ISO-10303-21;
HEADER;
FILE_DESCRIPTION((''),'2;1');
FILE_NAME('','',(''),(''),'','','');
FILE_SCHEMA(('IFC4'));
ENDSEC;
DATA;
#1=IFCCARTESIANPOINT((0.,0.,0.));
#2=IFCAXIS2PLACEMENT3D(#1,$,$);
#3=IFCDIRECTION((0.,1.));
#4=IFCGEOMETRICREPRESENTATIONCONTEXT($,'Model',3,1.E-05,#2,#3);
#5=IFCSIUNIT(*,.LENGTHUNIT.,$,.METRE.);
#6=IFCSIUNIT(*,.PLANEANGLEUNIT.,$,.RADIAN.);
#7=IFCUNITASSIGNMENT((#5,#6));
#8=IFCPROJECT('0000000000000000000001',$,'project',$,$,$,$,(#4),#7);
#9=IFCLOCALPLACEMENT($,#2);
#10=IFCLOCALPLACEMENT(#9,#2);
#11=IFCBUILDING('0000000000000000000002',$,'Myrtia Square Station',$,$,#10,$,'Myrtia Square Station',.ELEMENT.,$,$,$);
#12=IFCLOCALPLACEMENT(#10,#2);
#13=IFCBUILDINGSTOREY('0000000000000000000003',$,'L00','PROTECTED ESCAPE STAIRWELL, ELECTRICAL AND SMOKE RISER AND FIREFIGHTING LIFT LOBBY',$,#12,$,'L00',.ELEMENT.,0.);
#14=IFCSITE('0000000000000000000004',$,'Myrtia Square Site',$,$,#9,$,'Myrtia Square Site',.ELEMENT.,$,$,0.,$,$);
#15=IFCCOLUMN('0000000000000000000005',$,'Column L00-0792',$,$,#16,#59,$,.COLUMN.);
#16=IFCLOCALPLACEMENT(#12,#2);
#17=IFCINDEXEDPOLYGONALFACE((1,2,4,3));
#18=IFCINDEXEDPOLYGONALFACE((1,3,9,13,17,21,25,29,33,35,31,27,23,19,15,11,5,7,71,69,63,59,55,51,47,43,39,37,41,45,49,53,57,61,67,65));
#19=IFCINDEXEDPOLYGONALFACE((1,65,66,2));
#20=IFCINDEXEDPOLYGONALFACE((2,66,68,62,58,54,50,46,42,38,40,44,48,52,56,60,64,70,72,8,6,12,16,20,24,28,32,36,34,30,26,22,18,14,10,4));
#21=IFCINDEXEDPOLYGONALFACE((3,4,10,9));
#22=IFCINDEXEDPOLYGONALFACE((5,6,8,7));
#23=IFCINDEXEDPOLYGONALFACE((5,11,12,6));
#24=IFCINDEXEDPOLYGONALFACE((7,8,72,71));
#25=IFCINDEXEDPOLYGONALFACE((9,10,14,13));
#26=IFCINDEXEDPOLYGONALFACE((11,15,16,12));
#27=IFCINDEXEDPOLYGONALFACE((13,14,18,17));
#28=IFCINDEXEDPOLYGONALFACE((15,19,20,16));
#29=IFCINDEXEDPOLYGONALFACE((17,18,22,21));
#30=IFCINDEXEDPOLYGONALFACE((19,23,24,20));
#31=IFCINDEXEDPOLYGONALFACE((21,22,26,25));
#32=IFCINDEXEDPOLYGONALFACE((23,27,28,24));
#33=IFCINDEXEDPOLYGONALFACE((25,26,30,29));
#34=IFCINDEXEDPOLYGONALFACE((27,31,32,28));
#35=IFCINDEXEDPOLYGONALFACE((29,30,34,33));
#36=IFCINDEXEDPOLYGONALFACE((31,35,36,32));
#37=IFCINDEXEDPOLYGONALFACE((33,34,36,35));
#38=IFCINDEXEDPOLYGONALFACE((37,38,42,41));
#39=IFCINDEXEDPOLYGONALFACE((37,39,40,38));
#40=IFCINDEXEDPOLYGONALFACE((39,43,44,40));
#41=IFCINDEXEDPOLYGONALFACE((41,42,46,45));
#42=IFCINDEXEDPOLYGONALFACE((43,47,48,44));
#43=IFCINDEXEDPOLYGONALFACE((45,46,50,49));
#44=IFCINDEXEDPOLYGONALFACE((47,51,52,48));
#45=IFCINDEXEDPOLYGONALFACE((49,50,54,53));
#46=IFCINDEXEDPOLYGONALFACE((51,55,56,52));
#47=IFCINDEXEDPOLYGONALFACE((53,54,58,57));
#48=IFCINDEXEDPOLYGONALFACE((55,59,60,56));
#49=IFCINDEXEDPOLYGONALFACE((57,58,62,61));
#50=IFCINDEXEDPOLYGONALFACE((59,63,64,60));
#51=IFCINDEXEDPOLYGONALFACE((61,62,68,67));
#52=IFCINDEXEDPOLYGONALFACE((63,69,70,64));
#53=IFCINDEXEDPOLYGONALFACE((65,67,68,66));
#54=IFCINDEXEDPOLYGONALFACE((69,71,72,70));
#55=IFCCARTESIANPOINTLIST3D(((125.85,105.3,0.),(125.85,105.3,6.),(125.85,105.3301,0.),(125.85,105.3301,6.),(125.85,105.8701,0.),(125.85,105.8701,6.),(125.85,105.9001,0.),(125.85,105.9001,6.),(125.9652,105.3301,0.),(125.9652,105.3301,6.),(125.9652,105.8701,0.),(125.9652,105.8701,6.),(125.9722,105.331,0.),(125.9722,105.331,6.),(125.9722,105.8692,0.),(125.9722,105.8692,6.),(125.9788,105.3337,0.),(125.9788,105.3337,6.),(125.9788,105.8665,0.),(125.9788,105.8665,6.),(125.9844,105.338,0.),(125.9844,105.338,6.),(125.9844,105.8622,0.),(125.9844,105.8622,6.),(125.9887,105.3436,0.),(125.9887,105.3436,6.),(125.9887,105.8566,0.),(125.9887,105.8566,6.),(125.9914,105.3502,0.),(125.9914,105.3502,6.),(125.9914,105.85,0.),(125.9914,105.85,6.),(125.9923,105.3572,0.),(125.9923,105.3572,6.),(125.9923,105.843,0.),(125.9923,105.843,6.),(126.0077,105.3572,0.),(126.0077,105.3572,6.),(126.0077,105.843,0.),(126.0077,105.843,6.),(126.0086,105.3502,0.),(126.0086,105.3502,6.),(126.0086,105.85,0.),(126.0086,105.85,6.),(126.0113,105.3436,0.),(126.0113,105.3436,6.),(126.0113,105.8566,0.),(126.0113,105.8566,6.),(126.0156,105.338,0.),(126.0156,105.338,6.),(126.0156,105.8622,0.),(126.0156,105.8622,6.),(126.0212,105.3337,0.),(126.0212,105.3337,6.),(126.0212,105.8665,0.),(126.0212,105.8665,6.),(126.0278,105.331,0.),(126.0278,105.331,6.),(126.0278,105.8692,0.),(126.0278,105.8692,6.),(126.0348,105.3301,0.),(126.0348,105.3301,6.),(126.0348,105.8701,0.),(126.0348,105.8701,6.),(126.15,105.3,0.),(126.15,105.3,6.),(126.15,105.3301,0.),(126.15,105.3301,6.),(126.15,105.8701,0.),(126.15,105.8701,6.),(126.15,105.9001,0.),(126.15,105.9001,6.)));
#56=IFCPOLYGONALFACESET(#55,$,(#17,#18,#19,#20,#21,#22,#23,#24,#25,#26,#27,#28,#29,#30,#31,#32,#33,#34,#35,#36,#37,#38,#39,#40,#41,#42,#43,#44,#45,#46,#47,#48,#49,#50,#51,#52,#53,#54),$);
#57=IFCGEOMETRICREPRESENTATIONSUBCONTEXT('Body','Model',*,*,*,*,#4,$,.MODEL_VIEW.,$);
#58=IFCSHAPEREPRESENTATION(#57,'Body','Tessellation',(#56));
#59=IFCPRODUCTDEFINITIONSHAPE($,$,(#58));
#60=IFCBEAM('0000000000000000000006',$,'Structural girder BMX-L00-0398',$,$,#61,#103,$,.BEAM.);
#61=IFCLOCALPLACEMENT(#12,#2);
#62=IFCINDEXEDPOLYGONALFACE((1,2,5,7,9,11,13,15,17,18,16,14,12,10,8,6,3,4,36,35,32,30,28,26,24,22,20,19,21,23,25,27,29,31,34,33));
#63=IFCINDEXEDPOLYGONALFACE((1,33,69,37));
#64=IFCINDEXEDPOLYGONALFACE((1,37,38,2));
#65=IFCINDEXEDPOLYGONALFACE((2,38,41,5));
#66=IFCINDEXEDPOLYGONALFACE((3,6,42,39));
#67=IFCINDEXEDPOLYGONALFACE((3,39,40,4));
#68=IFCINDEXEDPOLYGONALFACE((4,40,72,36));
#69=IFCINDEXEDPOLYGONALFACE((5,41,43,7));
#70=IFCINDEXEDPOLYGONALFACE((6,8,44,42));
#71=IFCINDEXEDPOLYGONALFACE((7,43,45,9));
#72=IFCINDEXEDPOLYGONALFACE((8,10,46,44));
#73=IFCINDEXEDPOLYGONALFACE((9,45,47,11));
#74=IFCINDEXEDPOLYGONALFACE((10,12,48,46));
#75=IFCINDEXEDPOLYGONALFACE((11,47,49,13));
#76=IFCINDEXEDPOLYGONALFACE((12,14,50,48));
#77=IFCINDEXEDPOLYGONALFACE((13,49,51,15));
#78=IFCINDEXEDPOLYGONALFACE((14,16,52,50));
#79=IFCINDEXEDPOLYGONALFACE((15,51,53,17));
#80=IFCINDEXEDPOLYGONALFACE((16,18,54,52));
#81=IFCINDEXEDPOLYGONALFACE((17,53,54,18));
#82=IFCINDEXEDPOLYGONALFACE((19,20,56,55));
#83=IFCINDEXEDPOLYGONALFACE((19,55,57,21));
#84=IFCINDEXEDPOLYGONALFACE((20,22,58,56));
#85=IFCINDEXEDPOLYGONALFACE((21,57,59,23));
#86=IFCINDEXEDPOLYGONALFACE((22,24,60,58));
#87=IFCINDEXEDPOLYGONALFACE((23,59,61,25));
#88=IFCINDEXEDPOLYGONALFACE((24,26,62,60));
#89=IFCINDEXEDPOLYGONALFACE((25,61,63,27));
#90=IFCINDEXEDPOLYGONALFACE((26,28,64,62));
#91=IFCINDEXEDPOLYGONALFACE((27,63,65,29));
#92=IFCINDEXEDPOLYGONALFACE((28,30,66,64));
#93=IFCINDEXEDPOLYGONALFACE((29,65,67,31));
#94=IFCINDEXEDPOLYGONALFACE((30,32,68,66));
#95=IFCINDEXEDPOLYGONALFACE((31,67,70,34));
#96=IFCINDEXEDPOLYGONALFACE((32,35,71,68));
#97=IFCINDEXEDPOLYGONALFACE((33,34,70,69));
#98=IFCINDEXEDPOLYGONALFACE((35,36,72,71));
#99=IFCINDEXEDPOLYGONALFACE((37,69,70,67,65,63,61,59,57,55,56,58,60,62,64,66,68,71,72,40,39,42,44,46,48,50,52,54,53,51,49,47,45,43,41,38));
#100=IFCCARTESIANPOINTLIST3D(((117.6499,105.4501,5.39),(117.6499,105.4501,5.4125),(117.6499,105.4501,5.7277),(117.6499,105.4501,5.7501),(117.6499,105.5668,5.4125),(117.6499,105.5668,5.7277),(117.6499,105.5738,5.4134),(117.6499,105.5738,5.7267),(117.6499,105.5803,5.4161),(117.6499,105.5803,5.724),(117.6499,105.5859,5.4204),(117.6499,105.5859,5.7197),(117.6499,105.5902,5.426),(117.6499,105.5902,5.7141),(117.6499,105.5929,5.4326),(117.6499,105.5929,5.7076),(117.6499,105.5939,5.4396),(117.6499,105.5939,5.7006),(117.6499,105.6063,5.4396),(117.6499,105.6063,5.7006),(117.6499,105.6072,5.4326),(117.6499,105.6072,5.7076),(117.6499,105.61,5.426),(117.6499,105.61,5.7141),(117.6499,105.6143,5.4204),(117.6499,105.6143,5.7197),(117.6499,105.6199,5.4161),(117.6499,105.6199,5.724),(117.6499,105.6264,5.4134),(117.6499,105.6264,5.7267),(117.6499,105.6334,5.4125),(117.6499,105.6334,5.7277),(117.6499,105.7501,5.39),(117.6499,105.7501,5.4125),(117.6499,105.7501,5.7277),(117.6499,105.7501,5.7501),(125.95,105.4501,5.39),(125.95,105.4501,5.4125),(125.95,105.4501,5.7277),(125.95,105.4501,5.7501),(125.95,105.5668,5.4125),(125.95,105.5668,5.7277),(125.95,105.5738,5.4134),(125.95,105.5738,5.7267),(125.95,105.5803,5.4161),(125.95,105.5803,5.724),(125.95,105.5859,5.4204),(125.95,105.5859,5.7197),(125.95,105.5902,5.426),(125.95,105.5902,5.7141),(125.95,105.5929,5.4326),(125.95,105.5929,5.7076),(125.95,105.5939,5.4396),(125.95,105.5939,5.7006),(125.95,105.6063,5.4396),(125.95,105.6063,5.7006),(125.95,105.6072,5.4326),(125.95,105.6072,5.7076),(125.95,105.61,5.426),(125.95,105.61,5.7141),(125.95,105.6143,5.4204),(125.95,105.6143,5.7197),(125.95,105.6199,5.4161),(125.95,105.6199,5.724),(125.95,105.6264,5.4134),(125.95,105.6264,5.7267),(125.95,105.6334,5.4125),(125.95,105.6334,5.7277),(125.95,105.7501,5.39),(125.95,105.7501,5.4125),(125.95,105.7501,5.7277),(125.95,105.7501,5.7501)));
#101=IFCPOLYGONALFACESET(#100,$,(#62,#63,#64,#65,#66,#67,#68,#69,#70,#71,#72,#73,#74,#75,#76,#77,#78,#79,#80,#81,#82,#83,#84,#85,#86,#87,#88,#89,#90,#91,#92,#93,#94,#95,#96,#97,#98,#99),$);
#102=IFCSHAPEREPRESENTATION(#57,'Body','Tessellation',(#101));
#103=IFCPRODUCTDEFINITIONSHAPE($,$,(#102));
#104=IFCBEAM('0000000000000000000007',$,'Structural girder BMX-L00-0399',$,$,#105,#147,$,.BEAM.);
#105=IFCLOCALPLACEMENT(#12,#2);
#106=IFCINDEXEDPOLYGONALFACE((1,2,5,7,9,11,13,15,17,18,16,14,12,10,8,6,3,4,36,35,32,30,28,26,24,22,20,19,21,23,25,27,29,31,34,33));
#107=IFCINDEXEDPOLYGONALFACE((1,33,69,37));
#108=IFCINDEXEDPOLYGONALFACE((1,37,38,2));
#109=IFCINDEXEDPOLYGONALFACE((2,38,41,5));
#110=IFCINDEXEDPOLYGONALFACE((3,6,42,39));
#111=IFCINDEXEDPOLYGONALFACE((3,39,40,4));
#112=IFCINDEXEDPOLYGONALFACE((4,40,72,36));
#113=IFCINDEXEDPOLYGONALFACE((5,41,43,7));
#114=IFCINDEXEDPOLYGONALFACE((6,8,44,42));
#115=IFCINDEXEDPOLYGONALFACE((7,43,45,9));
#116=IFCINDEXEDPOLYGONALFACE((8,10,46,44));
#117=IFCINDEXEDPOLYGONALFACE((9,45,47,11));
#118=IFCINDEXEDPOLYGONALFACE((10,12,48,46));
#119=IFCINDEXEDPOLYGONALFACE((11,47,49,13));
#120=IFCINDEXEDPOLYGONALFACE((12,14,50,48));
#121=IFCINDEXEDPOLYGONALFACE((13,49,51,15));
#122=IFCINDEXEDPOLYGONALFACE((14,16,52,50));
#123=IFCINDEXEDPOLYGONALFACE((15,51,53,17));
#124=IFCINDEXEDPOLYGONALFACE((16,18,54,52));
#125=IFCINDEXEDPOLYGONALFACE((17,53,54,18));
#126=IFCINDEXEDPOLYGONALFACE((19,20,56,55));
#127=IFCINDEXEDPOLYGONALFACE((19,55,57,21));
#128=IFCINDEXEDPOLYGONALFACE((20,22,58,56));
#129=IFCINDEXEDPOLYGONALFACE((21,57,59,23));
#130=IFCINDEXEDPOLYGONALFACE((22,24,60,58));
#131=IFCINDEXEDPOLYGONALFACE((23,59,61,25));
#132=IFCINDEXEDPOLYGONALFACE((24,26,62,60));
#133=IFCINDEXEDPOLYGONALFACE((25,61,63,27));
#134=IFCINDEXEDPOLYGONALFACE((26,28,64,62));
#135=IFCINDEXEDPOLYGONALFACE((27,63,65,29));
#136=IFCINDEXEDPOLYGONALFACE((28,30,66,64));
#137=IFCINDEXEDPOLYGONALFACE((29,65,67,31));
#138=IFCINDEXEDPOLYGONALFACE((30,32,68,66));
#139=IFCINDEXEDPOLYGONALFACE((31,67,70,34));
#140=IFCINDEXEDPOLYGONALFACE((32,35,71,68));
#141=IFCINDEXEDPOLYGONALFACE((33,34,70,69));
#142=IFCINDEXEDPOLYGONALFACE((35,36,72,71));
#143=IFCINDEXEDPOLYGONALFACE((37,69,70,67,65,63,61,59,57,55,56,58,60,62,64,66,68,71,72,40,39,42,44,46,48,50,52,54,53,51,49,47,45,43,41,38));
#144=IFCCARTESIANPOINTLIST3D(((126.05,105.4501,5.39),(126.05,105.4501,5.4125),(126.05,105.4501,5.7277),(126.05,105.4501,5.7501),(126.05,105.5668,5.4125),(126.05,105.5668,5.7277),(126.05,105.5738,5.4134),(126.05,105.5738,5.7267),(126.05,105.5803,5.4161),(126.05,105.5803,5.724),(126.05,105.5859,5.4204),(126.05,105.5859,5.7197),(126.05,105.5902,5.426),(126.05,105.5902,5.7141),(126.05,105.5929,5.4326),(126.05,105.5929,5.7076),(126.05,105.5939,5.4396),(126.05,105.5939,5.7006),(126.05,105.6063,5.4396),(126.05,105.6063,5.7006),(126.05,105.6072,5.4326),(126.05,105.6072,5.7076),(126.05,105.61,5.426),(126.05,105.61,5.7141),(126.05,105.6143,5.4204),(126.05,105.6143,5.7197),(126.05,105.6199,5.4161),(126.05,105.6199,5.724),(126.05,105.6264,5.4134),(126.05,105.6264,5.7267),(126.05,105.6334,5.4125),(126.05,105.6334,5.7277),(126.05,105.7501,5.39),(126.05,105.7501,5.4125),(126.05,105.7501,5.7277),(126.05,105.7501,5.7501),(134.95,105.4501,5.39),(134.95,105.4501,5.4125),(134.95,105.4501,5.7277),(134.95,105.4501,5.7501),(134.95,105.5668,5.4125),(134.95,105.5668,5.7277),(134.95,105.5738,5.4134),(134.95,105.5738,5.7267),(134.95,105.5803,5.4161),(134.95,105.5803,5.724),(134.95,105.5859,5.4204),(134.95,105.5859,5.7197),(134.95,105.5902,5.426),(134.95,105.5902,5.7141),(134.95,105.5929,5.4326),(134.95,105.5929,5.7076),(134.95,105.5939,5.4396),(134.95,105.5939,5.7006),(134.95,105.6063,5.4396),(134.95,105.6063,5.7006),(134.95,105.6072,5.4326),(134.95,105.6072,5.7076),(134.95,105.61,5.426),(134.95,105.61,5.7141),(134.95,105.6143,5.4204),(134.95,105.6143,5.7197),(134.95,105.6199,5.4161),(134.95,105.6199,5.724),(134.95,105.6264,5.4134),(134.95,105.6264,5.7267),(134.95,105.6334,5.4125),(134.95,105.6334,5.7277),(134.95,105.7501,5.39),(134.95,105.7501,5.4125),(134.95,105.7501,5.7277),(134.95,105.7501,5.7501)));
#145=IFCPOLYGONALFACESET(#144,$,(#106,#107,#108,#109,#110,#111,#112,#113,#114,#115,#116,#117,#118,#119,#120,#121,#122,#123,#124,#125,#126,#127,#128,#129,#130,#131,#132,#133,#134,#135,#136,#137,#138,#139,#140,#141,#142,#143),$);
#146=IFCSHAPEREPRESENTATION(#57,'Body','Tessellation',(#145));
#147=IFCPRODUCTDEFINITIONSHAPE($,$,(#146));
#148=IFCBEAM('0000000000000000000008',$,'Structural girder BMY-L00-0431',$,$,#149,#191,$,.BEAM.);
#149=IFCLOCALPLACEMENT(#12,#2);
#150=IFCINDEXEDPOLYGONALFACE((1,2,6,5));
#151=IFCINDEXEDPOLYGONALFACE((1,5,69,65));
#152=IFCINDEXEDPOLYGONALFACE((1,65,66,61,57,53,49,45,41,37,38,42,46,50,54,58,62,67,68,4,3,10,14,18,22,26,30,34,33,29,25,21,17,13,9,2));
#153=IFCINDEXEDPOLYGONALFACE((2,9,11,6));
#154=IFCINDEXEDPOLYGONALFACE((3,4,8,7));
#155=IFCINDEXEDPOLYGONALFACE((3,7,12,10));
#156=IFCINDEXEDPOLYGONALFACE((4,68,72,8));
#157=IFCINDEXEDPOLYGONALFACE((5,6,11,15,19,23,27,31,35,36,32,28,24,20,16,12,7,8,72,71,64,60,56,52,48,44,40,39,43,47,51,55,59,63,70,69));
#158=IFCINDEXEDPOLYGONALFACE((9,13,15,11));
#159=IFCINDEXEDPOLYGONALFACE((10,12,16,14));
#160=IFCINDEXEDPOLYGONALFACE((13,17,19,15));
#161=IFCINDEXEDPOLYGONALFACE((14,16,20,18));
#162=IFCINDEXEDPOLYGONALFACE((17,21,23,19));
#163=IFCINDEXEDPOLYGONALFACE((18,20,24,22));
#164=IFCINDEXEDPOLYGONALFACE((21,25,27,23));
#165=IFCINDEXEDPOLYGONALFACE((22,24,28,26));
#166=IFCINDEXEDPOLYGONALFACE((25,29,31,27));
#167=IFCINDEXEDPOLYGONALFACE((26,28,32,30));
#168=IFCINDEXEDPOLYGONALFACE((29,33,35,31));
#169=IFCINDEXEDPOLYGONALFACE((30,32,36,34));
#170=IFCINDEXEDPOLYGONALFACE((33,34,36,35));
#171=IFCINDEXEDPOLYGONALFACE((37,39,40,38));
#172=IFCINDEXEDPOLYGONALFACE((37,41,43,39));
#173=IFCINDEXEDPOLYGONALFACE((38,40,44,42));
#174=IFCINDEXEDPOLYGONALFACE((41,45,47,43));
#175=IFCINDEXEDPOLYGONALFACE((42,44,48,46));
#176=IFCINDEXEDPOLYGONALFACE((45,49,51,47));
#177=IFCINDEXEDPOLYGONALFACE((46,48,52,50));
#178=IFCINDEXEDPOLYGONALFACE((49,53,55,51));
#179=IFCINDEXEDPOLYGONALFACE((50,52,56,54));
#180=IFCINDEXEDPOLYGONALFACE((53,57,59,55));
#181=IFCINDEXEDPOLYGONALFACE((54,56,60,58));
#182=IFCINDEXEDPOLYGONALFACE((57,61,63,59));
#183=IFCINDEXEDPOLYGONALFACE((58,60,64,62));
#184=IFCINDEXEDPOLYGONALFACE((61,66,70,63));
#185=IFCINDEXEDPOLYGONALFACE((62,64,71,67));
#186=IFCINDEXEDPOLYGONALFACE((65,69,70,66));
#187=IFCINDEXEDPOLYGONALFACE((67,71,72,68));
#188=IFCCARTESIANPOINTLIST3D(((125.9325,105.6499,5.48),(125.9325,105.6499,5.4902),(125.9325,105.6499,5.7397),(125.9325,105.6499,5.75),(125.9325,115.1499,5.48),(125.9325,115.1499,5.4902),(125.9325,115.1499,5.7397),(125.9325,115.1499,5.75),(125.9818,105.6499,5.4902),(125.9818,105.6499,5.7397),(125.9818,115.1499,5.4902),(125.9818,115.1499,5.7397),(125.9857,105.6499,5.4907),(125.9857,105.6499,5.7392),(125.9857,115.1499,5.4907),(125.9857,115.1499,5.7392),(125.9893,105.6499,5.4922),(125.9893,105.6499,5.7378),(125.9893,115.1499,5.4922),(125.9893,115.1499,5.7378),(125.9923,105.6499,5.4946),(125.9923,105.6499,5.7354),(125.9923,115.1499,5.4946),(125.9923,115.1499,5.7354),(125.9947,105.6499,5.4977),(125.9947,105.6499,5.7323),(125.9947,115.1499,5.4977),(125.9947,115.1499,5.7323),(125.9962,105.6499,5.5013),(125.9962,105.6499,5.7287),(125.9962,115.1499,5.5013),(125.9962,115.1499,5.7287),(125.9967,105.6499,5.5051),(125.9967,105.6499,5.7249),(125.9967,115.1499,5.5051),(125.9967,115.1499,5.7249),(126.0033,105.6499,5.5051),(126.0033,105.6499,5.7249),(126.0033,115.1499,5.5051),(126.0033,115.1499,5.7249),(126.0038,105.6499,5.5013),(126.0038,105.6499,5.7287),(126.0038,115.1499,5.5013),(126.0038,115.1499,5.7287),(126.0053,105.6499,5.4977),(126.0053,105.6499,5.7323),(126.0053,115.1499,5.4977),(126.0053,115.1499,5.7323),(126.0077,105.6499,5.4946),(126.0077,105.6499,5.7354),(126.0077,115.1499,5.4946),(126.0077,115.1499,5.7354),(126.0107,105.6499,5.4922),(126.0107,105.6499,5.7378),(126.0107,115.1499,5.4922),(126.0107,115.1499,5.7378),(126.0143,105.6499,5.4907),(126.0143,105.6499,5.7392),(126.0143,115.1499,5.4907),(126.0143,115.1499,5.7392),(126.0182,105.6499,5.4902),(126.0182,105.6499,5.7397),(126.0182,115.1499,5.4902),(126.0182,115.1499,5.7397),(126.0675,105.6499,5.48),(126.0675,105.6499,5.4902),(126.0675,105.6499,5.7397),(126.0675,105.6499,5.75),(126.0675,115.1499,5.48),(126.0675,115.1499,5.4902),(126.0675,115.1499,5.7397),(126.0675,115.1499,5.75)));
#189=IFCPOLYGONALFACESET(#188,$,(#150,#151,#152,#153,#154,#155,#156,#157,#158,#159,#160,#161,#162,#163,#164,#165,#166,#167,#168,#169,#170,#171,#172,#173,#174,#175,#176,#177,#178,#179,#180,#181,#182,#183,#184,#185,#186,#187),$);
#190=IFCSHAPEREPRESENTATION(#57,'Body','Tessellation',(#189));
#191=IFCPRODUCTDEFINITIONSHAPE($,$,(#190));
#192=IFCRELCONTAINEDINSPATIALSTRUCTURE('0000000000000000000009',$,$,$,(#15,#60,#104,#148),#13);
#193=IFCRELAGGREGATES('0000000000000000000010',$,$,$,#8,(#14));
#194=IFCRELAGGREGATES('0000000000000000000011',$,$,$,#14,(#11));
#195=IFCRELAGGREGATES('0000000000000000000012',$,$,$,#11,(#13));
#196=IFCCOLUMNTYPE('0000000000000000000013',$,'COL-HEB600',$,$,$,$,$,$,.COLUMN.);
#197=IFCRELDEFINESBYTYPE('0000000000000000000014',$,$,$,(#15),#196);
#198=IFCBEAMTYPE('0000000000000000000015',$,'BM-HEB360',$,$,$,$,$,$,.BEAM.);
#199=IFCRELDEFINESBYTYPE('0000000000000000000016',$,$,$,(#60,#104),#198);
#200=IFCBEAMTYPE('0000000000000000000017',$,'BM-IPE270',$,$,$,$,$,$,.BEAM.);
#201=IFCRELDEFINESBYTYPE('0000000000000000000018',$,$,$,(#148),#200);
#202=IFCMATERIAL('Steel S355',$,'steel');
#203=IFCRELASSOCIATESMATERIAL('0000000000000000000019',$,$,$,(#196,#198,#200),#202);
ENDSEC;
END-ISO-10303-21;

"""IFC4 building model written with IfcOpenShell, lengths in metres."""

from ifc_helpers import new_model, si_unit, direction, frame, origin, origin_2d, place, context, subcontext, project, spatial, i_section, extrude, material, material_profile, profile_set, type_object, element, save


model = new_model("IFC4")

# Units and contexts
model_context = context("Model", 3, precision=1e-05, world=origin(), true_north=direction((0.0, 1.0)))
body_context = subcontext(model_context, "Body", "Model", "MODEL_VIEW")
ifc_project = project(units=[si_unit("LENGTHUNIT", "METRE"), si_unit("PLANEANGLEUNIT", "RADIAN")], contexts=[model_context])

# Site, building, storey
site_placement = place(None, origin())
site = spatial("IfcSite", under=ifc_project, at=site_placement, Name="Myrtia Square Site", LongName="Myrtia Square Site", CompositionType="ELEMENT", RefElevation=0.0)
building_placement = place(site_placement, origin())
building = spatial("IfcBuilding", under=site, at=building_placement, Name="Myrtia Square Station", LongName="Myrtia Square Station", CompositionType="ELEMENT")
storey_placement = place(building_placement, origin())
storey = spatial("IfcBuildingStorey", under=building, at=storey_placement, Name="L00", Description="PROTECTED ESCAPE STAIRWELL, ELECTRICAL AND SMOKE RISER AND FIREFIGHTING LIFT LOBBY", LongName="L00", CompositionType="ELEMENT", Elevation=0.0)

# Column
ifc_material_1 = material(Name="Steel S355", Category="steel")
ifc_material_profile_1 = material_profile(ifc_material_1, i_section(OverallWidth=0.3, OverallDepth=0.6001, WebThickness=0.0154, FlangeThickness=0.03, FilletRadius=0.0271, at=origin_2d()), Name="HEB 600")
ifc_profile_set_1 = profile_set([ifc_material_profile_1], Name="Steel S355")
column_type = type_object("IfcColumnType", Name="COL-HEB600", PredefinedType="COLUMN", material=ifc_profile_set_1)
column_placement = place(storey_placement, frame((126.0, 105.6001, 0.0), z_axis=(0.0, 0.0, 1.0), x_axis=(1.0, 0.0, 0.0)))
element("IfcColumn", 1, at=column_placement, inside=storey, type_object=column_type, Name="Column L00-0792", PredefinedType="COLUMN", context=body_context, shape_type="SweptSolid", body=[
    extrude(i_section(OverallWidth=0.3, OverallDepth=0.6001, WebThickness=0.0154, FlangeThickness=0.03, FilletRadius=0.0271, at=origin_2d()), origin(), (0.0, 0.0, 1.0), 6.0),
])

# Beams
ifc_material_profile_2 = material_profile(ifc_material_1, i_section(OverallWidth=0.3, OverallDepth=0.3601, WebThickness=0.0125, FlangeThickness=0.0225, FilletRadius=0.0271, at=origin_2d()), Name="HEB 360")
ifc_profile_set_2 = profile_set([ifc_material_profile_2], Name="Steel S355")
beam_type_1 = type_object("IfcBeamType", Name="BM-HEB360", PredefinedType="BEAM", material=ifc_profile_set_2)
beam_1_placement = place(storey_placement, frame((117.6499, 105.6001, 5.5701), z_axis=(1.0, 0.0, 0.0), x_axis=(0.0, 1.0, 0.0)))
element("IfcBeam", 2, at=beam_1_placement, inside=storey, type_object=beam_type_1, Name="Structural girder BMX-L00-0398", PredefinedType="BEAM", context=body_context, shape_type="SweptSolid", body=[
    extrude(i_section(OverallWidth=0.3, OverallDepth=0.3601, WebThickness=0.0125, FlangeThickness=0.0225, FilletRadius=0.0271, at=origin_2d()), origin(), (0.0, 0.0, 1.0), 8.3),
])
beam_2_placement = place(storey_placement, frame((126.05, 105.6001, 5.5701), z_axis=(1.0, 0.0, 0.0), x_axis=(0.0, 1.0, 0.0)))
element("IfcBeam", 3, at=beam_2_placement, inside=storey, type_object=beam_type_1, Name="Structural girder BMX-L00-0399", PredefinedType="BEAM", context=body_context, shape_type="SweptSolid", body=[
    extrude(i_section(OverallWidth=0.3, OverallDepth=0.3601, WebThickness=0.0125, FlangeThickness=0.0225, FilletRadius=0.0271, at=origin_2d()), origin(), (0.0, 0.0, 1.0), 8.8999),
])
ifc_material_profile_3 = material_profile(ifc_material_1, i_section(OverallWidth=0.135, OverallDepth=0.27, WebThickness=0.0066, FlangeThickness=0.0103, FilletRadius=0.0149, at=origin_2d()), Name="IPE 270")
ifc_profile_set_3 = profile_set([ifc_material_profile_3], Name="Steel S355")
beam_type_2 = type_object("IfcBeamType", Name="BM-IPE270", PredefinedType="BEAM", material=ifc_profile_set_3)
beam_3_placement = place(storey_placement, frame((126.0, 105.6499, 5.615), z_axis=(0.0, 1.0, 0.0), x_axis=(-1.0, 0.0, 0.0)))
element("IfcBeam", 4, at=beam_3_placement, inside=storey, type_object=beam_type_2, Name="Structural girder BMY-L00-0431", PredefinedType="BEAM", context=body_context, shape_type="SweptSolid", body=[
    extrude(i_section(OverallWidth=0.135, OverallDepth=0.27, WebThickness=0.0066, FlangeThickness=0.0103, FilletRadius=0.0149, at=origin_2d()), origin(), (0.0, 0.0, 1.0), 9.5),
])

save(model, "model.ifc")
